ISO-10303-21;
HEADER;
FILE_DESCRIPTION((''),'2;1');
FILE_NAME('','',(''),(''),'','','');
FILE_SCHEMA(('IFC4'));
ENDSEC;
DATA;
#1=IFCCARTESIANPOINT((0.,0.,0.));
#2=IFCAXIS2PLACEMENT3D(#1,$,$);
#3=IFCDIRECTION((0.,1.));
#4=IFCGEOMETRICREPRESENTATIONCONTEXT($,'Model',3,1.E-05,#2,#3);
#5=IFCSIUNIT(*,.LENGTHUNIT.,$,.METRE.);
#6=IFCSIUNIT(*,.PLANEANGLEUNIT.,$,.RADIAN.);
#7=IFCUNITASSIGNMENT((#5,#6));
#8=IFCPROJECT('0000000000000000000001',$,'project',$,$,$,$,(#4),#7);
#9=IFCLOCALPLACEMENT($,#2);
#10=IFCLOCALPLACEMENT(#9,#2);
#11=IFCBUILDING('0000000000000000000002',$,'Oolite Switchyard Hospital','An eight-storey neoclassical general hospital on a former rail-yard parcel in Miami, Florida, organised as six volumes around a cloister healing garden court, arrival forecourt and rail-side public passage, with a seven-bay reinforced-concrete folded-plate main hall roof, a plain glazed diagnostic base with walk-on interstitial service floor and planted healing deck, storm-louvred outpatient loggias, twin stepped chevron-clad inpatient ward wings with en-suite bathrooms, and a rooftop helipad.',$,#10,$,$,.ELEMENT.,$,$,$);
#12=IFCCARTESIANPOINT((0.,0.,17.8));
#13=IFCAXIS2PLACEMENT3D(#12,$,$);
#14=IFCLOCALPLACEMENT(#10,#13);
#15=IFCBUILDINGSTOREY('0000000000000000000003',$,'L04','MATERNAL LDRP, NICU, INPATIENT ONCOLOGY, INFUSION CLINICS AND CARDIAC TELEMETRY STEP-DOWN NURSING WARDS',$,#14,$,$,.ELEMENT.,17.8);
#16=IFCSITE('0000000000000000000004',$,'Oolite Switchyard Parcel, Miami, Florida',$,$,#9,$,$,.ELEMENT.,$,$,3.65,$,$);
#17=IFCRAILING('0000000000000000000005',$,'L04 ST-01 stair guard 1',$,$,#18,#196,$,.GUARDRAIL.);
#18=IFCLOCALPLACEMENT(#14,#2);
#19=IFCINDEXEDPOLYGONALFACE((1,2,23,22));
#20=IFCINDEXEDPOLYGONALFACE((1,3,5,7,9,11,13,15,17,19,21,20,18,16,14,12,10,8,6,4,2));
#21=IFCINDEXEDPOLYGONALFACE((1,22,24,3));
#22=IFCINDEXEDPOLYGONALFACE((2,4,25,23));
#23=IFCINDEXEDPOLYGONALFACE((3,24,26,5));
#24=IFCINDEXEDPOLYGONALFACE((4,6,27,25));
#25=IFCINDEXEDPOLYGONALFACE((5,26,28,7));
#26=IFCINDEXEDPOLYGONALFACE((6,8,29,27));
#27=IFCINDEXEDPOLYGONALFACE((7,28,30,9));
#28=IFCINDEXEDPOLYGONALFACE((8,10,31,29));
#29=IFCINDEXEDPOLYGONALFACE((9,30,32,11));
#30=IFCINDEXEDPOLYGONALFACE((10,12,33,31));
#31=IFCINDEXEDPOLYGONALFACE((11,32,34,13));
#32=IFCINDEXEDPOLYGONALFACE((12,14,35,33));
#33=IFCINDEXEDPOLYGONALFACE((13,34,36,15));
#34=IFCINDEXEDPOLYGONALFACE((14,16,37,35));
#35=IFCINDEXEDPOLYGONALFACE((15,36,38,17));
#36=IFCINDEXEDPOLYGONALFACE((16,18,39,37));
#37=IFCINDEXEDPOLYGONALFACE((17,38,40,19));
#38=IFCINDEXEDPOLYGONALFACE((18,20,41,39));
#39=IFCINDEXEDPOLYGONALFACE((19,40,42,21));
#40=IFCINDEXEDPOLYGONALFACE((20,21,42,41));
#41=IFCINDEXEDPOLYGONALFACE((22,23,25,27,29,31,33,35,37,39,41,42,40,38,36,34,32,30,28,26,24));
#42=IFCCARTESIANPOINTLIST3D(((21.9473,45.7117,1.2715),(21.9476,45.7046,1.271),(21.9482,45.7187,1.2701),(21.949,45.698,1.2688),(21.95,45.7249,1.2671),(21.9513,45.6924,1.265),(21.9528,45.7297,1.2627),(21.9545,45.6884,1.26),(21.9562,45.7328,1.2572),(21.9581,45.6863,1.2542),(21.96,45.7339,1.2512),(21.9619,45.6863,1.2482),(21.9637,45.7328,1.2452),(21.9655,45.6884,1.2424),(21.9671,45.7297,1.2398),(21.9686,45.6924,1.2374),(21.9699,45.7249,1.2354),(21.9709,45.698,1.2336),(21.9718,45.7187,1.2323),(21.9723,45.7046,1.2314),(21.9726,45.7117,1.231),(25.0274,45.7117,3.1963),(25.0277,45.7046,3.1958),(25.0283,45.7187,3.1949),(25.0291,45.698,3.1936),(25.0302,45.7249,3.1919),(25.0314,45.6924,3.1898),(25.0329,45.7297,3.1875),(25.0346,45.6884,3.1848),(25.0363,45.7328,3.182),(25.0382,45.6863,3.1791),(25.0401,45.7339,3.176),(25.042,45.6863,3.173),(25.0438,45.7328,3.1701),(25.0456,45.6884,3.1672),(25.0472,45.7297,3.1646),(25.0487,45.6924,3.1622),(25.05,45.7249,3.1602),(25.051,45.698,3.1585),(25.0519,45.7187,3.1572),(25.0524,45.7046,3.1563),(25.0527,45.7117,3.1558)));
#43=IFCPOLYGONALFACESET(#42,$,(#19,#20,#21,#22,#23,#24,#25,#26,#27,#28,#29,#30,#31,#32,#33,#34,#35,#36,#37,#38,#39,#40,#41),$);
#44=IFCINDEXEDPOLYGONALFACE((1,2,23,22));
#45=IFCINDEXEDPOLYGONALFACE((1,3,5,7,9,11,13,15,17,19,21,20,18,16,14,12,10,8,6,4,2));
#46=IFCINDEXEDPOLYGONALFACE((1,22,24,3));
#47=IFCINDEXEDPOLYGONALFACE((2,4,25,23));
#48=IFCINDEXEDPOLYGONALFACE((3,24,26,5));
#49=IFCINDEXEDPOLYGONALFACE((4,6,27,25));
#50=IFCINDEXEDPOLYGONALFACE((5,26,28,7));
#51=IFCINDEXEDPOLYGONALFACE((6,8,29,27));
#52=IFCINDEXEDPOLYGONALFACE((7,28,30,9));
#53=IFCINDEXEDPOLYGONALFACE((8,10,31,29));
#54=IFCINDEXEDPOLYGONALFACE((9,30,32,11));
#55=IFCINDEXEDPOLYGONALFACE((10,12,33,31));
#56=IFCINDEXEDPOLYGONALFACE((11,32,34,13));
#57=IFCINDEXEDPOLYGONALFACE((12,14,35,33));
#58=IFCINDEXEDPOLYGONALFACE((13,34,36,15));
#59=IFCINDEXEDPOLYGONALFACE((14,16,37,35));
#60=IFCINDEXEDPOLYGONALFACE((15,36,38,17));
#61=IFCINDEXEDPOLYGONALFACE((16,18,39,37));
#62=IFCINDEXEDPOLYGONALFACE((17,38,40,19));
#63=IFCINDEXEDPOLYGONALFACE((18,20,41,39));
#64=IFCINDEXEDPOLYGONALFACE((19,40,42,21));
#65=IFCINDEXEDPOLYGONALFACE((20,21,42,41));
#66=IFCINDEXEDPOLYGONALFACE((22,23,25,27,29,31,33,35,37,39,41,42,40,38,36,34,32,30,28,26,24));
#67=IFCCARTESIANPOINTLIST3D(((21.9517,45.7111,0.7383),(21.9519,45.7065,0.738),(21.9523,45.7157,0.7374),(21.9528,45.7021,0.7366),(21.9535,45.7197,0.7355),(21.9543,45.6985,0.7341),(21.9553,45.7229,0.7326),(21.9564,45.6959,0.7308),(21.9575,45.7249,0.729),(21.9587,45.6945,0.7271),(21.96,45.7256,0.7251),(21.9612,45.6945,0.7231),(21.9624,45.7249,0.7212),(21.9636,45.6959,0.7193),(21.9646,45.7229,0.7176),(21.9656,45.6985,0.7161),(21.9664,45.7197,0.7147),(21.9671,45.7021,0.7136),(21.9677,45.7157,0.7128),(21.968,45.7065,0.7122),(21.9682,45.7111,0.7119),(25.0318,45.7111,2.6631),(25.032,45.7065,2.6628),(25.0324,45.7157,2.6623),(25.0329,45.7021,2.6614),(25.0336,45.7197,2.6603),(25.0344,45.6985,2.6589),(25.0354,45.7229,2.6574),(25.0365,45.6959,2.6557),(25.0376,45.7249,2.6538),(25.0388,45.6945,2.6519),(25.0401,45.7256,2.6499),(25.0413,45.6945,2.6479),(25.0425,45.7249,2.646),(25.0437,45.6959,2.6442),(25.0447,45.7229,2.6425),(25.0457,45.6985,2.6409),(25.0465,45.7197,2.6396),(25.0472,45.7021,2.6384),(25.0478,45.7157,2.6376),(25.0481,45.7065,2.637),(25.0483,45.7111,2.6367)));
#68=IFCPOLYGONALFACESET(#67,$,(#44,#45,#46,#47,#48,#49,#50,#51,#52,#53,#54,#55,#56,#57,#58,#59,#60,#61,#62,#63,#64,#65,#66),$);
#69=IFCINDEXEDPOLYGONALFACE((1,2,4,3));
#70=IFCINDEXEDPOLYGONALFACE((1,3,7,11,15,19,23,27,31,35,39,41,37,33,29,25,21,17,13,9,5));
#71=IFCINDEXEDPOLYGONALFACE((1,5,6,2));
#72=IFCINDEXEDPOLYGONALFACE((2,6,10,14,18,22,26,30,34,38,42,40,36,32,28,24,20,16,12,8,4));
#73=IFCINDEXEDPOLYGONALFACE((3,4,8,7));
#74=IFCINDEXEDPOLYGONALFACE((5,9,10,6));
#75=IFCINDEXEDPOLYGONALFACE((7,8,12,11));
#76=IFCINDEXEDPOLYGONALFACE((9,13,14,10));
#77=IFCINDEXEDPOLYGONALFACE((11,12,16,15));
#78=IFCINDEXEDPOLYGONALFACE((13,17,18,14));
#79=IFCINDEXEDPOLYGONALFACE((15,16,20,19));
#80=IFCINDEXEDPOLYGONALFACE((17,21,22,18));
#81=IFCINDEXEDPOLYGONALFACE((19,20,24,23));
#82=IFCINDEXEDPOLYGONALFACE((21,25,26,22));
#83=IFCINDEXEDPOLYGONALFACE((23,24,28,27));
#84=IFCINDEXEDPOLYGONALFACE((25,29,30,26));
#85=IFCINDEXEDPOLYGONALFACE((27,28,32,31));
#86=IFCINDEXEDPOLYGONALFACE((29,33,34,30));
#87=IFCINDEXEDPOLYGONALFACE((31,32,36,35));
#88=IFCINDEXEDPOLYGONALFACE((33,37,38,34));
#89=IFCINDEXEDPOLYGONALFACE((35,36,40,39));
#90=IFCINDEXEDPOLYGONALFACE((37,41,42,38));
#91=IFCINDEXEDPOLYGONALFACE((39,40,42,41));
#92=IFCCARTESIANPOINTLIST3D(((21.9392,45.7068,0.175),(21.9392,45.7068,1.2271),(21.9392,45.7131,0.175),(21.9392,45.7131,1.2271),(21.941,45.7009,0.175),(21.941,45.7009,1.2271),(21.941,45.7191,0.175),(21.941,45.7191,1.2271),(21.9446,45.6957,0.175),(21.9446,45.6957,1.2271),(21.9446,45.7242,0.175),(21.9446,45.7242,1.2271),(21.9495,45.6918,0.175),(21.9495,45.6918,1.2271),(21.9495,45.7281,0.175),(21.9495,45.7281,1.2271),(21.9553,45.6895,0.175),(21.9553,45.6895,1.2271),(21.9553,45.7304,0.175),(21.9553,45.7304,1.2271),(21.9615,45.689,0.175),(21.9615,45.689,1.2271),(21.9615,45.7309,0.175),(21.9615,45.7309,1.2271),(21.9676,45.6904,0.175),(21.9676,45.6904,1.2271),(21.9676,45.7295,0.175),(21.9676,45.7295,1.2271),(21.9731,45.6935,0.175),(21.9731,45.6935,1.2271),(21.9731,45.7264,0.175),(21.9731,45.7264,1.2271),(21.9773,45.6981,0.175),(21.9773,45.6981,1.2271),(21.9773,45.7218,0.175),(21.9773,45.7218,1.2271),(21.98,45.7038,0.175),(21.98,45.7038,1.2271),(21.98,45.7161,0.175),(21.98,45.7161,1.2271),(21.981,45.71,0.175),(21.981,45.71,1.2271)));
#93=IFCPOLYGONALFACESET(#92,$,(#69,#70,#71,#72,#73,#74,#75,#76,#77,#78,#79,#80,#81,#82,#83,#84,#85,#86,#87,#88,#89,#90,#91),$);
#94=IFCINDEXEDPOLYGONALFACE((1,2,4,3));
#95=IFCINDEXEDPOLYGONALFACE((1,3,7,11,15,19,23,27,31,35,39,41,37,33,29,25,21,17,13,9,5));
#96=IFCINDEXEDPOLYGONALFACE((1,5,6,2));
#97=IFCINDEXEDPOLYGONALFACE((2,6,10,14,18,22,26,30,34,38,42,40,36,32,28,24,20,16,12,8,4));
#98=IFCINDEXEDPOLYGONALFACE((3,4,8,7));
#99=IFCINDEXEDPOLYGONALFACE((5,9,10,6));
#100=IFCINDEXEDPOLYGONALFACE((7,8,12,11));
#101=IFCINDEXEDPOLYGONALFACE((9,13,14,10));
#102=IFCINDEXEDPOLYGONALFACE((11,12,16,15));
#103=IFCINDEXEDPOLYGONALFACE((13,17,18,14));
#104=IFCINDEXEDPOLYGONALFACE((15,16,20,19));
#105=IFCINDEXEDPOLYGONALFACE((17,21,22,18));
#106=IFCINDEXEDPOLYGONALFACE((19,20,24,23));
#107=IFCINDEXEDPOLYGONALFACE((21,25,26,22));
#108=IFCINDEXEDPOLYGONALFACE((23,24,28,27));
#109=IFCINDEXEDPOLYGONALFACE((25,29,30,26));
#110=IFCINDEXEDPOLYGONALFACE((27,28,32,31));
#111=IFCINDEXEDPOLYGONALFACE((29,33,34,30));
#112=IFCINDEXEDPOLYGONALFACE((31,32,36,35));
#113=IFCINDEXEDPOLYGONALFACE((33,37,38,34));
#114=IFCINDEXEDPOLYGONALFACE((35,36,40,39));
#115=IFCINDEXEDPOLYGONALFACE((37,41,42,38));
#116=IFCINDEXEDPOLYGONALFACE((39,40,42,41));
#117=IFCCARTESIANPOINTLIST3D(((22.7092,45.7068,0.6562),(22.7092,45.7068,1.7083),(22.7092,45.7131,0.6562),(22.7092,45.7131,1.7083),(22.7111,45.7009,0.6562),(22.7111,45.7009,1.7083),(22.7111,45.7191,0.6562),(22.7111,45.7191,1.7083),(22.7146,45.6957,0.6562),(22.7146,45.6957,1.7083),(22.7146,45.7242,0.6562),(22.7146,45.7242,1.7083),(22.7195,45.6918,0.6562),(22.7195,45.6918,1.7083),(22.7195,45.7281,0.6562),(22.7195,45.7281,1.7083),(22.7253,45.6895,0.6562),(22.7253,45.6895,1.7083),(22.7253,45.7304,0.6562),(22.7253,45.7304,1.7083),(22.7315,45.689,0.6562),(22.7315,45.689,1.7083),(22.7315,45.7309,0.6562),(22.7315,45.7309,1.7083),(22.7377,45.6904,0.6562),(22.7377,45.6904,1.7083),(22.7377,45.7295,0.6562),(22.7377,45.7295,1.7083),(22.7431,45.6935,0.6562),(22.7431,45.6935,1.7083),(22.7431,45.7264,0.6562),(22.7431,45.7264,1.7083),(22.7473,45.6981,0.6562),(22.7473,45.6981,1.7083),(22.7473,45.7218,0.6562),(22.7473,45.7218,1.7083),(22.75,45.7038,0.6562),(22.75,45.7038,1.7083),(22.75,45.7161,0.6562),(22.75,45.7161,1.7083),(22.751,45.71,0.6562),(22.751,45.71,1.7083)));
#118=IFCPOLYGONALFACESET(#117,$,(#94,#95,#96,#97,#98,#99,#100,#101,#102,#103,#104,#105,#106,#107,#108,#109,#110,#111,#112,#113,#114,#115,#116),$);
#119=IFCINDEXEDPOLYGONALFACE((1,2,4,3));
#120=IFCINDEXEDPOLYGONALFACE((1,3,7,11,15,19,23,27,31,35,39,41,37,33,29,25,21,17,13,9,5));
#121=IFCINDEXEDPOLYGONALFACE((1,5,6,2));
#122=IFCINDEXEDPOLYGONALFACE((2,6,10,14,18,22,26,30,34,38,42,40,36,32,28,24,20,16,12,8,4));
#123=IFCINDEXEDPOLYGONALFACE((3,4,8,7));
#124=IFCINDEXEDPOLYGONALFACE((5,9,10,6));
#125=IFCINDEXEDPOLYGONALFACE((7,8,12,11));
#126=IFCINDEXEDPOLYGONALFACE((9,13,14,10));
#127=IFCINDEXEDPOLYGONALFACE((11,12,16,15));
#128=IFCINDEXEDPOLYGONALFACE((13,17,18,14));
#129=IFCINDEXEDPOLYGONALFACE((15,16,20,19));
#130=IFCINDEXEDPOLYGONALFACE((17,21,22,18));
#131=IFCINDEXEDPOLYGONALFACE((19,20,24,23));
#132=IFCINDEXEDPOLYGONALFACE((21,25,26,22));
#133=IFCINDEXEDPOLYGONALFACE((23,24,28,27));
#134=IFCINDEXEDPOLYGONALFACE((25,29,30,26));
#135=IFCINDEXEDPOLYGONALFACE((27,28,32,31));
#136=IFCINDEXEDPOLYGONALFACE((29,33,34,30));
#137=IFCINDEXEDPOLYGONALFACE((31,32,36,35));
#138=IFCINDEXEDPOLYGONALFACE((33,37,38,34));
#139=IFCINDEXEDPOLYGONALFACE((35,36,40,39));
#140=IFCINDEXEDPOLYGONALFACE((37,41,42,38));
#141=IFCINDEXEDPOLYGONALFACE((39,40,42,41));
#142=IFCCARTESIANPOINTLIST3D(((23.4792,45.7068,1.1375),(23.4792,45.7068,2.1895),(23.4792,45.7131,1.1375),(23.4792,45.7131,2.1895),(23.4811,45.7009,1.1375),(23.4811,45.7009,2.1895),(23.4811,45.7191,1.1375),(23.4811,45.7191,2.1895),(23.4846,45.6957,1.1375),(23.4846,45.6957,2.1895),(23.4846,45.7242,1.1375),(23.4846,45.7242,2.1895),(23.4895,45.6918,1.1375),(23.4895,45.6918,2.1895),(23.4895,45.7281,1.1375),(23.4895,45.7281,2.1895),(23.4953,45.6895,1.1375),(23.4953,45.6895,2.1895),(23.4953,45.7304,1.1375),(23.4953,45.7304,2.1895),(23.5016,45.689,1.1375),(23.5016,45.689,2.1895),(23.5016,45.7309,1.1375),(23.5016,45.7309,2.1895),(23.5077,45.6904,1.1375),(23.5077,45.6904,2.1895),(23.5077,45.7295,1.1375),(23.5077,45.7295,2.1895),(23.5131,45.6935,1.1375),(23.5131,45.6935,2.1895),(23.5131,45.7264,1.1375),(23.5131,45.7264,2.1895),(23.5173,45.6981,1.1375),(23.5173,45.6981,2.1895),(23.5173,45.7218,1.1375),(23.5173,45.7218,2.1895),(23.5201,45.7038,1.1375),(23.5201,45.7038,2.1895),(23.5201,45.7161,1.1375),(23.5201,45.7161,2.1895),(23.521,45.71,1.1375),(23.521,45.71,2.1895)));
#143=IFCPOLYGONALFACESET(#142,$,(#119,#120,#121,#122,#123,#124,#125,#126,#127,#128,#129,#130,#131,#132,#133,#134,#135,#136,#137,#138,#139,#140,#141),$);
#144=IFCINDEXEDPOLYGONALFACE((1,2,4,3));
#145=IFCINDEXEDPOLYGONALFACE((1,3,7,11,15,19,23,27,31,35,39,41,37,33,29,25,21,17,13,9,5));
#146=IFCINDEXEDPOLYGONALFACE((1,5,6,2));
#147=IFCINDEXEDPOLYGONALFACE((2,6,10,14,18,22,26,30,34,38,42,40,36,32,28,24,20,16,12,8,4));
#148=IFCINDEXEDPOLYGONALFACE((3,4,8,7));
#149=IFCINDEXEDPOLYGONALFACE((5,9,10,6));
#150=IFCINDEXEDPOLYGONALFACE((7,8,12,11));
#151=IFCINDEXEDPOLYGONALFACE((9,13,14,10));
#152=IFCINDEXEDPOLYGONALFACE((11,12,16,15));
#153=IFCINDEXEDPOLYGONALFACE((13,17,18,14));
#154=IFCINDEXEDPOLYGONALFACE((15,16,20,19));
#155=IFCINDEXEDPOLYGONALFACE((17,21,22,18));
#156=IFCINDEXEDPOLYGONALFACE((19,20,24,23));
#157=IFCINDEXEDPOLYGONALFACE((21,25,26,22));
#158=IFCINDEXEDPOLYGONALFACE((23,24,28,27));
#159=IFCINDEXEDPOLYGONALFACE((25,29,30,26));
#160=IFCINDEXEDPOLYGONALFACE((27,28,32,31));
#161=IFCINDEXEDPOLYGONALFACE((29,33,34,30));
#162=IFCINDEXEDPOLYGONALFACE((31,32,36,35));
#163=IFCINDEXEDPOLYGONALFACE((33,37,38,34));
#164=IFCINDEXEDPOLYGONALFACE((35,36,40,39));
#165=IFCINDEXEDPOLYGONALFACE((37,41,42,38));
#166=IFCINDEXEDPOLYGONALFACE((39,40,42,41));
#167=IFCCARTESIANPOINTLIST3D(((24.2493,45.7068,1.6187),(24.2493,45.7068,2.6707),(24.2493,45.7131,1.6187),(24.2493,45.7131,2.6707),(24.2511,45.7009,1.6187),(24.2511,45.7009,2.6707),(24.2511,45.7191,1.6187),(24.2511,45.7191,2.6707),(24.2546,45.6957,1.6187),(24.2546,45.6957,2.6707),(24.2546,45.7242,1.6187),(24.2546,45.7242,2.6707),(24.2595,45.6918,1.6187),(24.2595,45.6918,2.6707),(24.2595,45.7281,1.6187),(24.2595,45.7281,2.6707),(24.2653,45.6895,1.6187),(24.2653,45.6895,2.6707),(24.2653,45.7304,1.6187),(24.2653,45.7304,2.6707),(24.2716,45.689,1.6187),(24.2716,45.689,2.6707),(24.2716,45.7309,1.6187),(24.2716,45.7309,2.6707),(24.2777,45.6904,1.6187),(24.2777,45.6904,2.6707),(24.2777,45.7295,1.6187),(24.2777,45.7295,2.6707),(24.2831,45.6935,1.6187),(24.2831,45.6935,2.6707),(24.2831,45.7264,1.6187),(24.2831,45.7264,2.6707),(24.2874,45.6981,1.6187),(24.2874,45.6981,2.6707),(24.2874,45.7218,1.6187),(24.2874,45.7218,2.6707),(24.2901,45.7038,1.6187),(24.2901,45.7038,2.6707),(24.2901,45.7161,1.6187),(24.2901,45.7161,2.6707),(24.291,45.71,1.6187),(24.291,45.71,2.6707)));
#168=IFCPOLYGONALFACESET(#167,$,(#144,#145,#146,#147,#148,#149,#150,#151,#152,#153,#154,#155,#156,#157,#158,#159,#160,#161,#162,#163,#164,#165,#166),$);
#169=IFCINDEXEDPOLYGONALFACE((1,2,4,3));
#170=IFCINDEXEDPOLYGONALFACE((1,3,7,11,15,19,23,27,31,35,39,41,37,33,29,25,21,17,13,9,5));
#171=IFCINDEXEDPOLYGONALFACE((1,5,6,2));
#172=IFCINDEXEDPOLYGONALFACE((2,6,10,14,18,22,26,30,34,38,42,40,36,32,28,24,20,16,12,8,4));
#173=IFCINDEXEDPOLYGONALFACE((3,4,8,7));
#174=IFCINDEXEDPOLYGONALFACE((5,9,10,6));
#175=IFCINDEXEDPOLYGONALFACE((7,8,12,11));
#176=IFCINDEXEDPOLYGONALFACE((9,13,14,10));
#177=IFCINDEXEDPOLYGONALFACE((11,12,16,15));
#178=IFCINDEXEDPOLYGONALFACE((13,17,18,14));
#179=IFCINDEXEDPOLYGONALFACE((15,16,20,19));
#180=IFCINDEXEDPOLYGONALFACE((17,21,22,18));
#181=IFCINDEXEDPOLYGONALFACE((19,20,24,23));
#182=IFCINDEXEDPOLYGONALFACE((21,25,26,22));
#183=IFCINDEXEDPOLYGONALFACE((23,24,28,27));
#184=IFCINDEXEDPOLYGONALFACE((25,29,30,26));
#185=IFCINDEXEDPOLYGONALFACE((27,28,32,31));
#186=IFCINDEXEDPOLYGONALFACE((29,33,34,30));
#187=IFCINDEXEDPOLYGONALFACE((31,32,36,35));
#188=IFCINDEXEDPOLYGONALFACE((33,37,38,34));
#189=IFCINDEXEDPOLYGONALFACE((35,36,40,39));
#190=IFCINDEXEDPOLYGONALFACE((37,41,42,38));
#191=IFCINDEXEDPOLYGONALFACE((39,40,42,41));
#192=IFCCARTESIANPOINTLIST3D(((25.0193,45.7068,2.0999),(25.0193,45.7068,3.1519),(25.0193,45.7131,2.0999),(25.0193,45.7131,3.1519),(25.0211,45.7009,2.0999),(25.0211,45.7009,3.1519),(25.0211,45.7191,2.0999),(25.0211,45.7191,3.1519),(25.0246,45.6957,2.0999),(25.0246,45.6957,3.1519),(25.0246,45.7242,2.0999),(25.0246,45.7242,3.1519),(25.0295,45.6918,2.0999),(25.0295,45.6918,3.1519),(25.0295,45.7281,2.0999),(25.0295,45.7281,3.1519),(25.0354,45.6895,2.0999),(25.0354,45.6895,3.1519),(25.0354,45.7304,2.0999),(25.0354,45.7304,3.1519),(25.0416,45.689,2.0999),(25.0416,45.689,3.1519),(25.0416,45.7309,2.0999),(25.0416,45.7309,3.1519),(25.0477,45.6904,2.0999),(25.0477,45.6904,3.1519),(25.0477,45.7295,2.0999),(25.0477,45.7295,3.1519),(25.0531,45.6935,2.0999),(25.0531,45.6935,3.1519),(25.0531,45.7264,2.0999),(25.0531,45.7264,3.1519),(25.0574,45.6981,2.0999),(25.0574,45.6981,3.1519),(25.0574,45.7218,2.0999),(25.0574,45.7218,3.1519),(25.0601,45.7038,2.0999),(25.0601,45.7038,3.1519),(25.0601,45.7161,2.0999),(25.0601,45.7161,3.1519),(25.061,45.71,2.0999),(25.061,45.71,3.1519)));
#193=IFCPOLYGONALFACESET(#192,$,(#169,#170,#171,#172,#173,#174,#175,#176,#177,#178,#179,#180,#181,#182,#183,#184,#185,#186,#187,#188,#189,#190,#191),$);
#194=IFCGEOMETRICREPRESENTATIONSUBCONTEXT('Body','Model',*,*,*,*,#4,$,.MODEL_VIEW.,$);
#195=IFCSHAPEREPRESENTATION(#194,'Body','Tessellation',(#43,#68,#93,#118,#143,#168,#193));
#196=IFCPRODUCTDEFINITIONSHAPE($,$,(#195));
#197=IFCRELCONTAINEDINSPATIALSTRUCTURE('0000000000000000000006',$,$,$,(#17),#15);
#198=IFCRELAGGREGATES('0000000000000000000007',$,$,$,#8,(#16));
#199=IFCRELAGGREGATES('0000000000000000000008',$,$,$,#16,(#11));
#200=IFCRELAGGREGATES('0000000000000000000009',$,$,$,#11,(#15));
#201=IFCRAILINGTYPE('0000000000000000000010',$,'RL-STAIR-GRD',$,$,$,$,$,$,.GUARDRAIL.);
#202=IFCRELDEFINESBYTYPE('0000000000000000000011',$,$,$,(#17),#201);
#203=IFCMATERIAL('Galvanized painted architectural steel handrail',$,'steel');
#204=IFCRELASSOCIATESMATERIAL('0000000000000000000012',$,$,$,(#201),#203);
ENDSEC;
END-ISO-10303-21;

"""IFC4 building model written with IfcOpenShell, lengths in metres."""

from ifc_helpers import new_model, si_unit, direction, frame, origin, origin_2d, place, context, subcontext, project, spatial, circle, extrude, material, type_object, element, save


model = new_model("IFC4")

# Units and contexts
model_context = context("Model", 3, precision=1e-05, world=origin(), true_north=direction((0.0, 1.0)))
body_context = subcontext(model_context, "Body", "Model", "MODEL_VIEW")
ifc_project = project(units=[si_unit("LENGTHUNIT", "METRE"), si_unit("PLANEANGLEUNIT", "RADIAN")], contexts=[model_context])

# Site, building, storey
site_placement = place(None, origin())
site = spatial("IfcSite", under=ifc_project, at=site_placement, Name="Oolite Switchyard Parcel, Miami, Florida", CompositionType="ELEMENT", RefElevation=3.65)
building_placement = place(site_placement, origin())
building = spatial("IfcBuilding", under=site, at=building_placement, Name="Oolite Switchyard Hospital", Description="An eight-storey neoclassical general hospital on a former rail-yard parcel in Miami, Florida, organised as six volumes around a cloister healing garden court, arrival forecourt and rail-side public passage, with a seven-bay reinforced-concrete folded-plate main hall roof, a plain glazed diagnostic base with walk-on interstitial service floor and planted healing deck, storm-louvred outpatient loggias, twin stepped chevron-clad inpatient ward wings with en-suite bathrooms, and a rooftop helipad.", CompositionType="ELEMENT")
storey_placement = place(building_placement, frame((0.0, 0.0, 17.8)))
storey = spatial("IfcBuildingStorey", under=building, at=storey_placement, Name="L04", Description="MATERNAL LDRP, NICU, INPATIENT ONCOLOGY, INFUSION CLINICS AND CARDIAC TELEMETRY STEP-DOWN NURSING WARDS", CompositionType="ELEMENT", Elevation=17.8)

# Railing
ifc_material_1 = material(Name="Galvanized painted architectural steel handrail", Category="steel")
railing_type_1 = type_object("IfcRailingType", Name="RL-STAIR-GRD", PredefinedType="GUARDRAIL", material=ifc_material_1)
railing_1_placement = place(storey_placement, frame((21.96, 45.71, 0.175)))
element("IfcRailing", 1, at=railing_1_placement, inside=storey, type_object=railing_type_1, Name="L04 ST-01 stair guard 1", PredefinedType="GUARDRAIL", context=body_context, shape_type="SweptSolid", body=[
    extrude(circle(Radius=0.0239, at=origin_2d()), frame((0.0, 0.0, 1.0762), z_axis=(0.848029, 0.0, 0.529951), x_axis=(0.0, 1.0, 0.0)), (0.0, 0.0, 1.0), 3.6321),
    extrude(circle(Radius=0.0156, at=origin_2d()), frame((0.0, 0.0, 0.55), z_axis=(0.848029, 0.0, 0.529951), x_axis=(0.0, 1.0, 0.0)), (0.0, 0.0, 1.0), 3.6321),
    extrude(circle(Radius=0.021, at=origin_2d()), origin(), (0.0, 0.0, 1.0), 1.052),
    extrude(circle(Radius=0.021, at=origin_2d()), frame((0.77, 0.0, 0.4812)), (0.0, 0.0, 1.0), 1.052),
    extrude(circle(Radius=0.021, at=origin_2d()), frame((1.54, 0.0, 0.9624)), (0.0, 0.0, 1.0), 1.052),
    extrude(circle(Radius=0.021, at=origin_2d()), frame((2.3101, 0.0, 1.4436)), (0.0, 0.0, 1.0), 1.052),
    extrude(circle(Radius=0.021, at=origin_2d()), frame((3.0801, 0.0, 1.9248)), (0.0, 0.0, 1.0), 1.052),
])

save(model, "model.ifc")
